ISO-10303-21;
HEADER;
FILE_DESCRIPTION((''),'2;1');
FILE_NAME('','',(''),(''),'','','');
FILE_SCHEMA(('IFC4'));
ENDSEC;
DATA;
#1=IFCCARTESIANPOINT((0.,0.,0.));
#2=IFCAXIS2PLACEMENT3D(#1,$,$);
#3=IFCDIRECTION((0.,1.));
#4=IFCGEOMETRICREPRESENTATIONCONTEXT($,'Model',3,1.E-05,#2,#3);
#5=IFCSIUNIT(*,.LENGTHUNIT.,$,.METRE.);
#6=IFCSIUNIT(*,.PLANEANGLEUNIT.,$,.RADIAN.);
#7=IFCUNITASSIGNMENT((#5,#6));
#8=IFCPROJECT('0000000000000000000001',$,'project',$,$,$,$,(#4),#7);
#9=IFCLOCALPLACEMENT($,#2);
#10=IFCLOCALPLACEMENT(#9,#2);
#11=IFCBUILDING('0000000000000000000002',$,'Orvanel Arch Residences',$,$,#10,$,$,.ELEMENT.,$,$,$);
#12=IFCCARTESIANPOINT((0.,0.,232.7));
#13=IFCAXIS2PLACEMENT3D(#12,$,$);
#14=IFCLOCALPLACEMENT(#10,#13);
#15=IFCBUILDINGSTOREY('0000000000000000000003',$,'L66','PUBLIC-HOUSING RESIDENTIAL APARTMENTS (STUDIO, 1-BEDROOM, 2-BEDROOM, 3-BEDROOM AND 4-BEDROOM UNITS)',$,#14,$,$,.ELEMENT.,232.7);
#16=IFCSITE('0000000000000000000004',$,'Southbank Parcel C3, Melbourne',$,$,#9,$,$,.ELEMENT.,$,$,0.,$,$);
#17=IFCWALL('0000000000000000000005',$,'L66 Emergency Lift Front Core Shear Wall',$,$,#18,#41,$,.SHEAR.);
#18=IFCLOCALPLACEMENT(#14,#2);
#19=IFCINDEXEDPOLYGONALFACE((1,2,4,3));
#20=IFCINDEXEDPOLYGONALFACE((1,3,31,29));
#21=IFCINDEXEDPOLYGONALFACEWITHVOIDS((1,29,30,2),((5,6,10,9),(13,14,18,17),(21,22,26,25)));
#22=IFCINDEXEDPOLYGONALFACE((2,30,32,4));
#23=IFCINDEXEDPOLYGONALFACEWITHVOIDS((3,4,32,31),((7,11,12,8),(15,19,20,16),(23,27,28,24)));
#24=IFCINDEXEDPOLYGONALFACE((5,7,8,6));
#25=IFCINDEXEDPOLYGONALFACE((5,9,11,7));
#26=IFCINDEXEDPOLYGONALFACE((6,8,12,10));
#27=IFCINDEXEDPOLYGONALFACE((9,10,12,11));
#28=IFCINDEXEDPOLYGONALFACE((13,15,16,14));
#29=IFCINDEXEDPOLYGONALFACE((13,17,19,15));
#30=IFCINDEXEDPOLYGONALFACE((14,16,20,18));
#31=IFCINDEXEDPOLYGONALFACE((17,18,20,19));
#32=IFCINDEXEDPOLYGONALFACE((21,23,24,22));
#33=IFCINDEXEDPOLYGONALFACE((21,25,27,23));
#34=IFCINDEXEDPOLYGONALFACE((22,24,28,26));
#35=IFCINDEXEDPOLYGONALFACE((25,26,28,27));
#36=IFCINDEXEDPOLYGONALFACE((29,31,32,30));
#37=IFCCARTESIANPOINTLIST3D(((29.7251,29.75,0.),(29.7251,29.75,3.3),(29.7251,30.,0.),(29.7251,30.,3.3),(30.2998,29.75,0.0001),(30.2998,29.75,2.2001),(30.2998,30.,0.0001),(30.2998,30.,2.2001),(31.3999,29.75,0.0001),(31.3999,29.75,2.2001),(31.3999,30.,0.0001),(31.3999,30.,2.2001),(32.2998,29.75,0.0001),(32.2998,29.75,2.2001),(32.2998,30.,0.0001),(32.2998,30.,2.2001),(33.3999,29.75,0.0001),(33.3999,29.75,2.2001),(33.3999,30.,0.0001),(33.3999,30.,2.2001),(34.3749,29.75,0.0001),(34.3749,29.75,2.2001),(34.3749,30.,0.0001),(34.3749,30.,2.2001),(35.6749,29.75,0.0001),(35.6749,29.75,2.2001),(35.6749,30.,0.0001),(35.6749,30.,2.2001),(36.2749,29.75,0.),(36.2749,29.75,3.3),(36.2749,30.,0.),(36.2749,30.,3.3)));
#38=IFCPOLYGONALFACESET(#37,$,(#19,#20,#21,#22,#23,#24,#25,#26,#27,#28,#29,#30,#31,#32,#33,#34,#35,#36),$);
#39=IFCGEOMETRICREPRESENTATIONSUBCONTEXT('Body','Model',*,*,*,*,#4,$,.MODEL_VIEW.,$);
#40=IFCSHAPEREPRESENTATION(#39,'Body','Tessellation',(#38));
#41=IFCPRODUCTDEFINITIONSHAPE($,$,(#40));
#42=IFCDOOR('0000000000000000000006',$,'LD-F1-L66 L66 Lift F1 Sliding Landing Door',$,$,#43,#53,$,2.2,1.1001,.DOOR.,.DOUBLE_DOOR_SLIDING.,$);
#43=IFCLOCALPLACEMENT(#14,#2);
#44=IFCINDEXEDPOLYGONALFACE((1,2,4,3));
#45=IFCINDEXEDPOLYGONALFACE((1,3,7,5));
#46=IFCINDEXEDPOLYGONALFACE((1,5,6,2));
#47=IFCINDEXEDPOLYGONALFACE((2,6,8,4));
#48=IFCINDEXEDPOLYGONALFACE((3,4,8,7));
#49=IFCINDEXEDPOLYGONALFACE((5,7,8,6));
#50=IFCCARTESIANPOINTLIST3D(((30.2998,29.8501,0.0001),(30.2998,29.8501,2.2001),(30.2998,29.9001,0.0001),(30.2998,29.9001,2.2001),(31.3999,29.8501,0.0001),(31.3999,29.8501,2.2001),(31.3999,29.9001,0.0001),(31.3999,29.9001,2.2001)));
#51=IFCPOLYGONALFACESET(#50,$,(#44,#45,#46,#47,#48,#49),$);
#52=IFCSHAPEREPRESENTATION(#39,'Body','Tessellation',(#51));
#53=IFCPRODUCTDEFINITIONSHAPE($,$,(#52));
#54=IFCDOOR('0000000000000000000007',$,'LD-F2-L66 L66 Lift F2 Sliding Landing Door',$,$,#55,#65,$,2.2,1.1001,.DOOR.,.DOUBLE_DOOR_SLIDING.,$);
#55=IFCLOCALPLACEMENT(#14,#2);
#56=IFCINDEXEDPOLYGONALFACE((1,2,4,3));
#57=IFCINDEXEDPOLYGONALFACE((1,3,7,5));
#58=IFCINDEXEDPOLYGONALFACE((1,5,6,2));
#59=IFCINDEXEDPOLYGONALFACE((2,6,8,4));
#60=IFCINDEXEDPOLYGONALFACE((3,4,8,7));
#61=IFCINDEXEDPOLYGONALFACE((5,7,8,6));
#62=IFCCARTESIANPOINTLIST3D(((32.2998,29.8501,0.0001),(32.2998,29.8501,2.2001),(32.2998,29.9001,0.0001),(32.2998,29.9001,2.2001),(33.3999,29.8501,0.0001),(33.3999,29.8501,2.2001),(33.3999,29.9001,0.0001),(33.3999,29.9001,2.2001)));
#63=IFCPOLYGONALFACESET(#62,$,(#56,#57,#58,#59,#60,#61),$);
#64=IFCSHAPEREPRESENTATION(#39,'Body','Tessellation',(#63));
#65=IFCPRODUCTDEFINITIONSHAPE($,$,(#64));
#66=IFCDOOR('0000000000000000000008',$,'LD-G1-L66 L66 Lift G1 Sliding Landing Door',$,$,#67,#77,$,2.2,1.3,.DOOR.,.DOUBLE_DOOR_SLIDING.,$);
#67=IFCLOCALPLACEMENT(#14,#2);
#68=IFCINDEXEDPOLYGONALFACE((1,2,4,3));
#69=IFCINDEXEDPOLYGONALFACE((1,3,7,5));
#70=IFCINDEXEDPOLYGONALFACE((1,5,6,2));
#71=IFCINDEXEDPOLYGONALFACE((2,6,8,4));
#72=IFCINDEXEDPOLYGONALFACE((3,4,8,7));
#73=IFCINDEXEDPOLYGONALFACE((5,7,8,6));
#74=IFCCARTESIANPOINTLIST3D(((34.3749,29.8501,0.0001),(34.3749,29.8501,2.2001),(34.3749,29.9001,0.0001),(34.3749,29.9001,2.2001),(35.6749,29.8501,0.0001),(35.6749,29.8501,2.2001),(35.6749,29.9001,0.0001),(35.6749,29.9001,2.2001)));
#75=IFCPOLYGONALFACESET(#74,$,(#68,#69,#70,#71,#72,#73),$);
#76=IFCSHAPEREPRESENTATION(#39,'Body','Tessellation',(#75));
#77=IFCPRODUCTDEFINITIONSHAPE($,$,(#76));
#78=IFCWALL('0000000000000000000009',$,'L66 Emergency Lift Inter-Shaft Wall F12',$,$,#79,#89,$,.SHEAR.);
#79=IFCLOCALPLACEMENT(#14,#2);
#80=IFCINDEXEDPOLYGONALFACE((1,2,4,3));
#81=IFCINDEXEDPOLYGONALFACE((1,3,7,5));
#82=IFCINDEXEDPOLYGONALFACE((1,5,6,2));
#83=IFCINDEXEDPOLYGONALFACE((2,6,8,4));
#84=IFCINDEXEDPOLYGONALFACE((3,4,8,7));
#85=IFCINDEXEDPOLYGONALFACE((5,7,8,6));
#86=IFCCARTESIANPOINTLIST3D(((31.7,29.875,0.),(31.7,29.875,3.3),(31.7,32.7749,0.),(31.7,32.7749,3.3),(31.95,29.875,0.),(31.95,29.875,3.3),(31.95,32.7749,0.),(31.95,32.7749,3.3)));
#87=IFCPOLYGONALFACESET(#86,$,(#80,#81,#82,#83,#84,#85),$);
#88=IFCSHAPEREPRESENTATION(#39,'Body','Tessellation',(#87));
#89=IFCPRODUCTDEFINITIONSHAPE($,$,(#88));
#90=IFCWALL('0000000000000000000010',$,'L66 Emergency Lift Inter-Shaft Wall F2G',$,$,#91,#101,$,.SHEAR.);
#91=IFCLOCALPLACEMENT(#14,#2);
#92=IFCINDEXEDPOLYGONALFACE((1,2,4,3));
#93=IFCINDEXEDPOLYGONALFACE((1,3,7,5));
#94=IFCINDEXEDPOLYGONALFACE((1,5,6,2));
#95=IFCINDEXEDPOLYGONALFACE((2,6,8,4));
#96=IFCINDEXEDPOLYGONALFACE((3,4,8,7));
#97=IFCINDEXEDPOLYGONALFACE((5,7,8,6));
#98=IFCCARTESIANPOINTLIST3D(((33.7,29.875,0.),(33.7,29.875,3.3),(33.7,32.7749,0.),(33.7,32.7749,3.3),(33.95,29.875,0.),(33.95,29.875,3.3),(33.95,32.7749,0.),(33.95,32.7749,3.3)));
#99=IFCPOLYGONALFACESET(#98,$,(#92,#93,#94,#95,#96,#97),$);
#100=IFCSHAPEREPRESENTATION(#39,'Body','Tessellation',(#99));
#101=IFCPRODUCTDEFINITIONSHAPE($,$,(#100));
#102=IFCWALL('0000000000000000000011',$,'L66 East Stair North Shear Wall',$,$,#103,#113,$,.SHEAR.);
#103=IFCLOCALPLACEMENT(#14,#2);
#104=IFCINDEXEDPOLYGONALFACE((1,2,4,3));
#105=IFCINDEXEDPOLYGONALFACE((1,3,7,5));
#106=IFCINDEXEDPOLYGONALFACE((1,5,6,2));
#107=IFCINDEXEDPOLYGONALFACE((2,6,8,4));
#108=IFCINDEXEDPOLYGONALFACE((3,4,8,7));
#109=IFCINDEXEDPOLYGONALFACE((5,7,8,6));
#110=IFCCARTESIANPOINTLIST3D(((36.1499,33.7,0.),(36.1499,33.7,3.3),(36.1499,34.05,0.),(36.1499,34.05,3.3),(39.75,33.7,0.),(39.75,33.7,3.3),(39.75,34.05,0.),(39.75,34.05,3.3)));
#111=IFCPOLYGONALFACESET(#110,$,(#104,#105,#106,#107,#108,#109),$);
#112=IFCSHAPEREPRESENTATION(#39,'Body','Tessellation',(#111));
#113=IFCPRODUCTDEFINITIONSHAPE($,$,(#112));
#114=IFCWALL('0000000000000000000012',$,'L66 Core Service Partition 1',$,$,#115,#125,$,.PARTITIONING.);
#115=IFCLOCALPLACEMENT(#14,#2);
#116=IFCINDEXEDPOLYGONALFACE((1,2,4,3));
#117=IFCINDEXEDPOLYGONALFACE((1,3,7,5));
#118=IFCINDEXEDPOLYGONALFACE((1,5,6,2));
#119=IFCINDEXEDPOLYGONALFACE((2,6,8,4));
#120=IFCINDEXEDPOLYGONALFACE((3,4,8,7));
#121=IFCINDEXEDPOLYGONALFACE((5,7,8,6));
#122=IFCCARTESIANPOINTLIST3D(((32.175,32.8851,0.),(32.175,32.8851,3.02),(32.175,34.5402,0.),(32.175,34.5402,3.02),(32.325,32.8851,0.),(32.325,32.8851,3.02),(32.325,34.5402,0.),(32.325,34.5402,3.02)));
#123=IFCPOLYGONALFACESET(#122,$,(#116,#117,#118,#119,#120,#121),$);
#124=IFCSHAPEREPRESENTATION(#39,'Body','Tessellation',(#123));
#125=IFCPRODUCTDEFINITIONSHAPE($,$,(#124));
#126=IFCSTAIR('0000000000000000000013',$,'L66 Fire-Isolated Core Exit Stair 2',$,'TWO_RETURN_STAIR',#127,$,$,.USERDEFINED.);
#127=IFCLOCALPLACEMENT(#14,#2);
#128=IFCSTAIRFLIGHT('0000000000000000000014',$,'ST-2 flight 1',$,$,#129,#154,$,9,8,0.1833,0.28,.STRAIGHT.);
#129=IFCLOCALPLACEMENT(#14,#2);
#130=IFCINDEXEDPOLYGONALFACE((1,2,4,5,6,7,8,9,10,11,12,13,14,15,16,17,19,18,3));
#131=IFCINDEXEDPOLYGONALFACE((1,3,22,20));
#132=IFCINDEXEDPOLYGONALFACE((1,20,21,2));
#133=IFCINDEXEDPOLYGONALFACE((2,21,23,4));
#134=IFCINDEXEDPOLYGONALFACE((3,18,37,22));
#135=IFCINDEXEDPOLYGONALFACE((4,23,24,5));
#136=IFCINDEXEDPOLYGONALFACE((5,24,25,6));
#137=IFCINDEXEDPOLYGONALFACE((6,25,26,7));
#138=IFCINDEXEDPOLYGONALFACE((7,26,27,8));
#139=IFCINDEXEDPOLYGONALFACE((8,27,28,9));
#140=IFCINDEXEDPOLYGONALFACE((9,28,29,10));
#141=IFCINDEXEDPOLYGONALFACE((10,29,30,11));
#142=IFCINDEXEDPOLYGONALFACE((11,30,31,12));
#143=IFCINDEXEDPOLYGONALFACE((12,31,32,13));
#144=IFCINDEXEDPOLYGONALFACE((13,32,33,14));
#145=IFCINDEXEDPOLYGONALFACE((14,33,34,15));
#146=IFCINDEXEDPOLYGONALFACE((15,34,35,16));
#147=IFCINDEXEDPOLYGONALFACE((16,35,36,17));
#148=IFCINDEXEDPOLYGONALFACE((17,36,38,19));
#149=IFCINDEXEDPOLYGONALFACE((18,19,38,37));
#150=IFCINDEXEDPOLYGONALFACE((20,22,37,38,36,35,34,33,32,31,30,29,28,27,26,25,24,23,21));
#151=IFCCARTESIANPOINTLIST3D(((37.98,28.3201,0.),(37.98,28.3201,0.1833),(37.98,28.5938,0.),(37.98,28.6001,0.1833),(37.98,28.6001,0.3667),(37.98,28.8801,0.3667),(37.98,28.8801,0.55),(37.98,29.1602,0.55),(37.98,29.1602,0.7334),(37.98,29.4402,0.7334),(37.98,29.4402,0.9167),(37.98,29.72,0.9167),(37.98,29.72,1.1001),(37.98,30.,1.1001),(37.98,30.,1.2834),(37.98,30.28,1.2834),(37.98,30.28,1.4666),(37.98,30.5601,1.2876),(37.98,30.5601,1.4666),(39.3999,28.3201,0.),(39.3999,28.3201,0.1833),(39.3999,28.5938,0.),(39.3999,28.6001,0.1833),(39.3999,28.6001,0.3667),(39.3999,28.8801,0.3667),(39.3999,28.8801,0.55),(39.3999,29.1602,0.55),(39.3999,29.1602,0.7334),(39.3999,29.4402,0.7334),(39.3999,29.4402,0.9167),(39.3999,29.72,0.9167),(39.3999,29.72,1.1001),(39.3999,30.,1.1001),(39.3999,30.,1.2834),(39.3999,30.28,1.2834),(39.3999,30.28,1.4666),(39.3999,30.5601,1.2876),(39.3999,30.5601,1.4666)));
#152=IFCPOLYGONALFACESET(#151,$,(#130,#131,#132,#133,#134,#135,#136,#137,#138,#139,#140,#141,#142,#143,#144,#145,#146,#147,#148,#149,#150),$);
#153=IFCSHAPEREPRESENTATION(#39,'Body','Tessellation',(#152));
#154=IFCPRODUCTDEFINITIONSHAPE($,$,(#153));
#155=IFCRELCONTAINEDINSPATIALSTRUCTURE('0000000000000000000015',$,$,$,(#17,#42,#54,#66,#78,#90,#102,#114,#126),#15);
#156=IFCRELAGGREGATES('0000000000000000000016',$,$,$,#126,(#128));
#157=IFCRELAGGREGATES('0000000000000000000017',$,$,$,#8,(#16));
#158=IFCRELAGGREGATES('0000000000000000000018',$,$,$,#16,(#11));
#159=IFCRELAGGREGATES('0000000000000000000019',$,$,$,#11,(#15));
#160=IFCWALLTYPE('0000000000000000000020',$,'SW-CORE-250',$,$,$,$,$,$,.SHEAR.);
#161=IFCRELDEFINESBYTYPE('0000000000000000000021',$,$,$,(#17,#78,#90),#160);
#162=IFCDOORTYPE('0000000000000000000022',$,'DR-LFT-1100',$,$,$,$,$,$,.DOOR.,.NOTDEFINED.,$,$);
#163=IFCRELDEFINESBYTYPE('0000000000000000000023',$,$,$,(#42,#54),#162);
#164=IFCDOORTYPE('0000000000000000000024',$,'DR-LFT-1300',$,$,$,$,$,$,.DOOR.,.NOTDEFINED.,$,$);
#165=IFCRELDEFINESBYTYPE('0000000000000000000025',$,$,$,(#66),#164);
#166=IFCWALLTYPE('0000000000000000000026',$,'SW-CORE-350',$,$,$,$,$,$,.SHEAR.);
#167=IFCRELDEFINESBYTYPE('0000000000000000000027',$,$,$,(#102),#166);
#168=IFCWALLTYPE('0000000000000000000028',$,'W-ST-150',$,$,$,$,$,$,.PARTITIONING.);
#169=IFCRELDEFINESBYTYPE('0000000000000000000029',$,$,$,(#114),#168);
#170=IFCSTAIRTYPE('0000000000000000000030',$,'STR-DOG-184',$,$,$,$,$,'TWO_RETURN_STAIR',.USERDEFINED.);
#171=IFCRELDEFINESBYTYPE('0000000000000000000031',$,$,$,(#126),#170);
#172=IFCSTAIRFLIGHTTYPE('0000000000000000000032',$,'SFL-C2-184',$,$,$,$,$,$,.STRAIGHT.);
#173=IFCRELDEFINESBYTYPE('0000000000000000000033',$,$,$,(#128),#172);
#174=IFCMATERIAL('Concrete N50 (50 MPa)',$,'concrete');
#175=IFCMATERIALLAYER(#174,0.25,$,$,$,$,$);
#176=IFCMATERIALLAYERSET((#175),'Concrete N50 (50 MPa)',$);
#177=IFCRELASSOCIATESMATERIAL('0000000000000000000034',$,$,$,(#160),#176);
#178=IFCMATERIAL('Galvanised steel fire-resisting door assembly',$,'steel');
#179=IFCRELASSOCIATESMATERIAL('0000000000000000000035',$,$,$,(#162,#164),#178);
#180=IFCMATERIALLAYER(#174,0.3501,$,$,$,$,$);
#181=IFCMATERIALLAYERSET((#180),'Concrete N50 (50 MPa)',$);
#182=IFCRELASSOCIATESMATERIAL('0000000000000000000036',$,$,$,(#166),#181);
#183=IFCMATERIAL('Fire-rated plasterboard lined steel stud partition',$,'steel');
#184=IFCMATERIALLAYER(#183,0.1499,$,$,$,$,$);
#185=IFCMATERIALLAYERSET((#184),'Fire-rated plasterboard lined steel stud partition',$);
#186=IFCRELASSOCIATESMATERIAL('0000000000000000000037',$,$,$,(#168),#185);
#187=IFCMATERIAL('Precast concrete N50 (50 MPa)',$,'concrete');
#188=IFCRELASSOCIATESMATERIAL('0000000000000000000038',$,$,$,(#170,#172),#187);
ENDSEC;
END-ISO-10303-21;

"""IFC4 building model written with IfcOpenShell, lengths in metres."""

from ifc_helpers import new_model, si_unit, direction, frame, frame_2d, origin, place, context, subcontext, project, spatial, polyline, rectangle, outline, extrude, material, layer, layer_set, type_object, element, fill, aggregate, save


model = new_model("IFC4")

# Units and contexts
model_context = context("Model", 3, precision=1e-05, world=origin(), true_north=direction((0.0, 1.0)))
body_context = subcontext(model_context, "Body", "Model", "MODEL_VIEW")
ifc_project = project(units=[si_unit("LENGTHUNIT", "METRE"), si_unit("PLANEANGLEUNIT", "RADIAN")], contexts=[model_context])

# Site, building, storey
site_placement = place(None, origin())
site = spatial("IfcSite", under=ifc_project, at=site_placement, Name="Southbank Parcel C3, Melbourne", CompositionType="ELEMENT", RefElevation=0.0)
building_placement = place(site_placement, origin())
building = spatial("IfcBuilding", under=site, at=building_placement, Name="Orvanel Arch Residences", CompositionType="ELEMENT")
storey_placement = place(building_placement, frame((0.0, 0.0, 232.7)))
storey = spatial("IfcBuildingStorey", under=building, at=storey_placement, Name="L66", Description="PUBLIC-HOUSING RESIDENTIAL APARTMENTS (STUDIO, 1-BEDROOM, 2-BEDROOM, 3-BEDROOM AND 4-BEDROOM UNITS)", CompositionType="ELEMENT", Elevation=232.7)

# Wall, openings, doors
ifc_material_1 = material(Name="Concrete N50 (50 MPa)", Category="concrete")
ifc_layer_1 = layer(ifc_material_1, 0.25)
ifc_layer_set_1 = layer_set([ifc_layer_1], Name="Concrete N50 (50 MPa)")
wall_type_1 = type_object("IfcWallType", Name="SW-CORE-250", PredefinedType="SHEAR", material=ifc_layer_set_1)
wall_1_placement = place(storey_placement, frame((36.2749, 29.875, 0.0), z_axis=(0.0, 0.0, 1.0), x_axis=(-1.0, 0.0, 0.0)))
wall_1 = element("IfcWall", 1, at=wall_1_placement, inside=storey, type_object=wall_type_1, Name="L66 Emergency Lift Front Core Shear Wall", PredefinedType="SHEAR", context=body_context, shape_type="SweptSolid", body=[
    extrude(rectangle(XDim=6.5498, YDim=0.25, at=frame_2d((3.2749, 0.0))), origin(), (0.0, 0.0, 1.0), 3.3),
])
opening_1_placement = place(wall_1_placement, frame((4.875, 0.0, 0.0)))
opening_1 = element("IfcOpeningElement", 2, at=opening_1_placement, cuts=wall_1, PredefinedType="OPENING", context=body_context, shape_type="SweptSolid", body=[
    extrude(rectangle(XDim=1.1001, YDim=2.2, at=frame_2d((0.55, 1.1001))), frame((0.0, 0.135, 0.0), z_axis=(0.0, -1.0, 0.0), x_axis=(1.0, 0.0, 0.0)), (0.0, 0.0, 1.0), 0.27),
])
opening_2_placement = place(wall_1_placement, frame((2.875, 0.0, 0.0)))
opening_2 = element("IfcOpeningElement", 3, at=opening_2_placement, cuts=wall_1, PredefinedType="OPENING", context=body_context, shape_type="SweptSolid", body=[
    extrude(rectangle(XDim=1.1001, YDim=2.2, at=frame_2d((0.55, 1.1001))), frame((0.0, 0.135, 0.0), z_axis=(0.0, -1.0, 0.0), x_axis=(1.0, 0.0, 0.0)), (0.0, 0.0, 1.0), 0.27),
])
opening_3_placement = place(wall_1_placement, frame((0.6001, 0.0, 0.0)))
opening_3 = element("IfcOpeningElement", 4, at=opening_3_placement, cuts=wall_1, PredefinedType="OPENING", context=body_context, shape_type="SweptSolid", body=[
    extrude(rectangle(XDim=1.3, YDim=2.2, at=frame_2d((0.6499, 1.1001))), frame((0.0, 0.135, 0.0), z_axis=(0.0, -1.0, 0.0), x_axis=(1.0, 0.0, 0.0)), (0.0, 0.0, 1.0), 0.27),
])
ifc_material_2 = material(Name="Galvanised steel fire-resisting door assembly", Category="steel")
door_type_1 = type_object("IfcDoorType", Name="DR-LFT-1100", OperationType="NOTDEFINED", PredefinedType="DOOR", material=ifc_material_2)
door_1_placement = place(opening_1_placement, origin())
door_1 = element("IfcDoor", 5, at=door_1_placement, inside=storey, type_object=door_type_1, Name="LD-F1-L66 L66 Lift F1 Sliding Landing Door", OperationType="DOUBLE_DOOR_SLIDING", OverallHeight=2.2, OverallWidth=1.1001, PredefinedType="DOOR", context=body_context, shape_type="SweptSolid", body=[
    extrude(rectangle(XDim=1.1001, YDim=2.2, at=frame_2d((0.55, 1.1001))), frame((0.0, 0.0249, 0.0), z_axis=(0.0, -1.0, 0.0), x_axis=(1.0, 0.0, 0.0)), (0.0, 0.0, 1.0), 0.05),
])
fill(opening_1, door_1)
door_2_placement = place(opening_2_placement, origin())
door_2 = element("IfcDoor", 6, at=door_2_placement, inside=storey, type_object=door_type_1, Name="LD-F2-L66 L66 Lift F2 Sliding Landing Door", OperationType="DOUBLE_DOOR_SLIDING", OverallHeight=2.2, OverallWidth=1.1001, PredefinedType="DOOR", context=body_context, shape_type="SweptSolid", body=[
    extrude(rectangle(XDim=1.1001, YDim=2.2, at=frame_2d((0.55, 1.1001))), frame((0.0, 0.0249, 0.0), z_axis=(0.0, -1.0, 0.0), x_axis=(1.0, 0.0, 0.0)), (0.0, 0.0, 1.0), 0.05),
])
fill(opening_2, door_2)
door_type_2 = type_object("IfcDoorType", Name="DR-LFT-1300", OperationType="NOTDEFINED", PredefinedType="DOOR", material=ifc_material_2)
door_3_placement = place(opening_3_placement, origin())
door_3 = element("IfcDoor", 7, at=door_3_placement, inside=storey, type_object=door_type_2, Name="LD-G1-L66 L66 Lift G1 Sliding Landing Door", OperationType="DOUBLE_DOOR_SLIDING", OverallHeight=2.2, OverallWidth=1.3, PredefinedType="DOOR", context=body_context, shape_type="SweptSolid", body=[
    extrude(rectangle(XDim=1.3, YDim=2.2, at=frame_2d((0.6499, 1.1001))), frame((0.0, 0.0249, 0.0), z_axis=(0.0, -1.0, 0.0), x_axis=(1.0, 0.0, 0.0)), (0.0, 0.0, 1.0), 0.05),
])
fill(opening_3, door_3)

# Walls
for number, where, z_axis, x_axis, name in (
    (8, (31.825, 29.875, 0.0), (0.0, 0.0, 1.0), (0.0, 1.0, 0.0), "L66 Emergency Lift Inter-Shaft Wall F12"),
    (9, (33.825, 29.875, 0.0), (0.0, 0.0, 1.0), (0.0, 1.0, 0.0), "L66 Emergency Lift Inter-Shaft Wall F2G"),
):
    element("IfcWall", number, at=place(storey_placement, frame(where, z_axis=z_axis, x_axis=x_axis)), inside=storey, type_object=wall_type_1, Name=name, PredefinedType="SHEAR", context=body_context, shape_type="SweptSolid", body=[
        extrude(rectangle(XDim=2.8999, YDim=0.25, at=frame_2d((1.45, 0.0))), origin(), (0.0, 0.0, 1.0), 3.3),
    ])
ifc_layer_2 = layer(ifc_material_1, 0.3501)
ifc_layer_set_2 = layer_set([ifc_layer_2], Name="Concrete N50 (50 MPa)")
wall_type_2 = type_object("IfcWallType", Name="SW-CORE-350", PredefinedType="SHEAR", material=ifc_layer_set_2)
wall_2_placement = place(storey_placement, frame((36.1499, 33.875, 0.0), z_axis=(0.0, 0.0, 1.0), x_axis=(1.0, 0.0, 0.0)))
element("IfcWall", 10, at=wall_2_placement, inside=storey, type_object=wall_type_2, Name="L66 East Stair North Shear Wall", PredefinedType="SHEAR", context=body_context, shape_type="SweptSolid", body=[
    extrude(rectangle(XDim=3.6001, YDim=0.3501, at=frame_2d((1.8, 0.0))), origin(), (0.0, 0.0, 1.0), 3.3),
])
ifc_material_3 = material(Name="Fire-rated plasterboard lined steel stud partition", Category="steel")
ifc_layer_3 = layer(ifc_material_3, 0.1499)
ifc_layer_set_3 = layer_set([ifc_layer_3], Name="Fire-rated plasterboard lined steel stud partition")
wall_type_3 = type_object("IfcWallType", Name="W-ST-150", PredefinedType="PARTITIONING", material=ifc_layer_set_3)
wall_3_placement = place(storey_placement, frame((32.25, 32.885, 0.0), z_axis=(0.0, 0.0, 1.0), x_axis=(0.0, 1.0, 0.0)))
element("IfcWall", 11, at=wall_3_placement, inside=storey, type_object=wall_type_3, Name="L66 Core Service Partition 1", PredefinedType="PARTITIONING", context=body_context, shape_type="SweptSolid", body=[
    extrude(rectangle(XDim=1.655, YDim=0.1499, at=frame_2d((0.8276, 0.0))), origin(), (0.0, 0.0, 1.0), 3.02),
])

# Stair, stair flight
ifc_material_4 = material(Name="Precast concrete N50 (50 MPa)", Category="concrete")
stair_type = type_object("IfcStairType", Name="STR-DOG-184", ElementType="TWO_RETURN_STAIR", PredefinedType="USERDEFINED", material=ifc_material_4)
stair_placement = place(storey_placement, origin())
stair = element("IfcStair", 12, at=stair_placement, inside=storey, type_object=stair_type, Name="L66 Fire-Isolated Core Exit Stair 2", ObjectType="TWO_RETURN_STAIR", PredefinedType="USERDEFINED")
stair_flight_type = type_object("IfcStairFlightType", Name="SFL-C2-184", PredefinedType="STRAIGHT", material=ifc_material_4)
stair_flight_1_placement = place(storey_placement, frame((38.6899, 28.3201, 0.0), z_axis=(0.0, 0.0, 1.0), x_axis=(0.0, 1.0, 0.0)))
stair_flight_1 = element("IfcStairFlight", 13, at=stair_flight_1_placement, type_object=stair_flight_type, Name="ST-2 flight 1", NumberOfRisers=9, NumberOfTreads=8, PredefinedType="STRAIGHT", RiserHeight=0.1833, TreadLength=0.28, context=body_context, shape_type="SweptSolid", body=[
    extrude(outline(polyline([(0.0, 0.0), (0.0, 0.1833), (0.28, 0.1833), (0.28, 0.3667), (0.5601, 0.3667), (0.5601, 0.55), (0.8401, 0.55), (0.8401, 0.7334), (1.1201, 0.7334), (1.1201, 0.9167), (1.3999, 0.9167), (1.3999, 1.1001), (1.6799, 1.1001), (1.6799, 1.2834), (1.96, 1.2834), (1.96, 1.4666), (2.24, 1.4666), (2.24, 1.6499), (2.24, 1.2876), (0.2737, 0.0), (0.0, 0.0)])), frame((0.0, 0.71, 0.0), z_axis=(0.0, -1.0, 0.0), x_axis=(1.0, 0.0, 0.0)), (0.0, 0.0, 1.0), 1.4199),
])
aggregate(stair, [stair_flight_1])

save(model, "model.ifc")
